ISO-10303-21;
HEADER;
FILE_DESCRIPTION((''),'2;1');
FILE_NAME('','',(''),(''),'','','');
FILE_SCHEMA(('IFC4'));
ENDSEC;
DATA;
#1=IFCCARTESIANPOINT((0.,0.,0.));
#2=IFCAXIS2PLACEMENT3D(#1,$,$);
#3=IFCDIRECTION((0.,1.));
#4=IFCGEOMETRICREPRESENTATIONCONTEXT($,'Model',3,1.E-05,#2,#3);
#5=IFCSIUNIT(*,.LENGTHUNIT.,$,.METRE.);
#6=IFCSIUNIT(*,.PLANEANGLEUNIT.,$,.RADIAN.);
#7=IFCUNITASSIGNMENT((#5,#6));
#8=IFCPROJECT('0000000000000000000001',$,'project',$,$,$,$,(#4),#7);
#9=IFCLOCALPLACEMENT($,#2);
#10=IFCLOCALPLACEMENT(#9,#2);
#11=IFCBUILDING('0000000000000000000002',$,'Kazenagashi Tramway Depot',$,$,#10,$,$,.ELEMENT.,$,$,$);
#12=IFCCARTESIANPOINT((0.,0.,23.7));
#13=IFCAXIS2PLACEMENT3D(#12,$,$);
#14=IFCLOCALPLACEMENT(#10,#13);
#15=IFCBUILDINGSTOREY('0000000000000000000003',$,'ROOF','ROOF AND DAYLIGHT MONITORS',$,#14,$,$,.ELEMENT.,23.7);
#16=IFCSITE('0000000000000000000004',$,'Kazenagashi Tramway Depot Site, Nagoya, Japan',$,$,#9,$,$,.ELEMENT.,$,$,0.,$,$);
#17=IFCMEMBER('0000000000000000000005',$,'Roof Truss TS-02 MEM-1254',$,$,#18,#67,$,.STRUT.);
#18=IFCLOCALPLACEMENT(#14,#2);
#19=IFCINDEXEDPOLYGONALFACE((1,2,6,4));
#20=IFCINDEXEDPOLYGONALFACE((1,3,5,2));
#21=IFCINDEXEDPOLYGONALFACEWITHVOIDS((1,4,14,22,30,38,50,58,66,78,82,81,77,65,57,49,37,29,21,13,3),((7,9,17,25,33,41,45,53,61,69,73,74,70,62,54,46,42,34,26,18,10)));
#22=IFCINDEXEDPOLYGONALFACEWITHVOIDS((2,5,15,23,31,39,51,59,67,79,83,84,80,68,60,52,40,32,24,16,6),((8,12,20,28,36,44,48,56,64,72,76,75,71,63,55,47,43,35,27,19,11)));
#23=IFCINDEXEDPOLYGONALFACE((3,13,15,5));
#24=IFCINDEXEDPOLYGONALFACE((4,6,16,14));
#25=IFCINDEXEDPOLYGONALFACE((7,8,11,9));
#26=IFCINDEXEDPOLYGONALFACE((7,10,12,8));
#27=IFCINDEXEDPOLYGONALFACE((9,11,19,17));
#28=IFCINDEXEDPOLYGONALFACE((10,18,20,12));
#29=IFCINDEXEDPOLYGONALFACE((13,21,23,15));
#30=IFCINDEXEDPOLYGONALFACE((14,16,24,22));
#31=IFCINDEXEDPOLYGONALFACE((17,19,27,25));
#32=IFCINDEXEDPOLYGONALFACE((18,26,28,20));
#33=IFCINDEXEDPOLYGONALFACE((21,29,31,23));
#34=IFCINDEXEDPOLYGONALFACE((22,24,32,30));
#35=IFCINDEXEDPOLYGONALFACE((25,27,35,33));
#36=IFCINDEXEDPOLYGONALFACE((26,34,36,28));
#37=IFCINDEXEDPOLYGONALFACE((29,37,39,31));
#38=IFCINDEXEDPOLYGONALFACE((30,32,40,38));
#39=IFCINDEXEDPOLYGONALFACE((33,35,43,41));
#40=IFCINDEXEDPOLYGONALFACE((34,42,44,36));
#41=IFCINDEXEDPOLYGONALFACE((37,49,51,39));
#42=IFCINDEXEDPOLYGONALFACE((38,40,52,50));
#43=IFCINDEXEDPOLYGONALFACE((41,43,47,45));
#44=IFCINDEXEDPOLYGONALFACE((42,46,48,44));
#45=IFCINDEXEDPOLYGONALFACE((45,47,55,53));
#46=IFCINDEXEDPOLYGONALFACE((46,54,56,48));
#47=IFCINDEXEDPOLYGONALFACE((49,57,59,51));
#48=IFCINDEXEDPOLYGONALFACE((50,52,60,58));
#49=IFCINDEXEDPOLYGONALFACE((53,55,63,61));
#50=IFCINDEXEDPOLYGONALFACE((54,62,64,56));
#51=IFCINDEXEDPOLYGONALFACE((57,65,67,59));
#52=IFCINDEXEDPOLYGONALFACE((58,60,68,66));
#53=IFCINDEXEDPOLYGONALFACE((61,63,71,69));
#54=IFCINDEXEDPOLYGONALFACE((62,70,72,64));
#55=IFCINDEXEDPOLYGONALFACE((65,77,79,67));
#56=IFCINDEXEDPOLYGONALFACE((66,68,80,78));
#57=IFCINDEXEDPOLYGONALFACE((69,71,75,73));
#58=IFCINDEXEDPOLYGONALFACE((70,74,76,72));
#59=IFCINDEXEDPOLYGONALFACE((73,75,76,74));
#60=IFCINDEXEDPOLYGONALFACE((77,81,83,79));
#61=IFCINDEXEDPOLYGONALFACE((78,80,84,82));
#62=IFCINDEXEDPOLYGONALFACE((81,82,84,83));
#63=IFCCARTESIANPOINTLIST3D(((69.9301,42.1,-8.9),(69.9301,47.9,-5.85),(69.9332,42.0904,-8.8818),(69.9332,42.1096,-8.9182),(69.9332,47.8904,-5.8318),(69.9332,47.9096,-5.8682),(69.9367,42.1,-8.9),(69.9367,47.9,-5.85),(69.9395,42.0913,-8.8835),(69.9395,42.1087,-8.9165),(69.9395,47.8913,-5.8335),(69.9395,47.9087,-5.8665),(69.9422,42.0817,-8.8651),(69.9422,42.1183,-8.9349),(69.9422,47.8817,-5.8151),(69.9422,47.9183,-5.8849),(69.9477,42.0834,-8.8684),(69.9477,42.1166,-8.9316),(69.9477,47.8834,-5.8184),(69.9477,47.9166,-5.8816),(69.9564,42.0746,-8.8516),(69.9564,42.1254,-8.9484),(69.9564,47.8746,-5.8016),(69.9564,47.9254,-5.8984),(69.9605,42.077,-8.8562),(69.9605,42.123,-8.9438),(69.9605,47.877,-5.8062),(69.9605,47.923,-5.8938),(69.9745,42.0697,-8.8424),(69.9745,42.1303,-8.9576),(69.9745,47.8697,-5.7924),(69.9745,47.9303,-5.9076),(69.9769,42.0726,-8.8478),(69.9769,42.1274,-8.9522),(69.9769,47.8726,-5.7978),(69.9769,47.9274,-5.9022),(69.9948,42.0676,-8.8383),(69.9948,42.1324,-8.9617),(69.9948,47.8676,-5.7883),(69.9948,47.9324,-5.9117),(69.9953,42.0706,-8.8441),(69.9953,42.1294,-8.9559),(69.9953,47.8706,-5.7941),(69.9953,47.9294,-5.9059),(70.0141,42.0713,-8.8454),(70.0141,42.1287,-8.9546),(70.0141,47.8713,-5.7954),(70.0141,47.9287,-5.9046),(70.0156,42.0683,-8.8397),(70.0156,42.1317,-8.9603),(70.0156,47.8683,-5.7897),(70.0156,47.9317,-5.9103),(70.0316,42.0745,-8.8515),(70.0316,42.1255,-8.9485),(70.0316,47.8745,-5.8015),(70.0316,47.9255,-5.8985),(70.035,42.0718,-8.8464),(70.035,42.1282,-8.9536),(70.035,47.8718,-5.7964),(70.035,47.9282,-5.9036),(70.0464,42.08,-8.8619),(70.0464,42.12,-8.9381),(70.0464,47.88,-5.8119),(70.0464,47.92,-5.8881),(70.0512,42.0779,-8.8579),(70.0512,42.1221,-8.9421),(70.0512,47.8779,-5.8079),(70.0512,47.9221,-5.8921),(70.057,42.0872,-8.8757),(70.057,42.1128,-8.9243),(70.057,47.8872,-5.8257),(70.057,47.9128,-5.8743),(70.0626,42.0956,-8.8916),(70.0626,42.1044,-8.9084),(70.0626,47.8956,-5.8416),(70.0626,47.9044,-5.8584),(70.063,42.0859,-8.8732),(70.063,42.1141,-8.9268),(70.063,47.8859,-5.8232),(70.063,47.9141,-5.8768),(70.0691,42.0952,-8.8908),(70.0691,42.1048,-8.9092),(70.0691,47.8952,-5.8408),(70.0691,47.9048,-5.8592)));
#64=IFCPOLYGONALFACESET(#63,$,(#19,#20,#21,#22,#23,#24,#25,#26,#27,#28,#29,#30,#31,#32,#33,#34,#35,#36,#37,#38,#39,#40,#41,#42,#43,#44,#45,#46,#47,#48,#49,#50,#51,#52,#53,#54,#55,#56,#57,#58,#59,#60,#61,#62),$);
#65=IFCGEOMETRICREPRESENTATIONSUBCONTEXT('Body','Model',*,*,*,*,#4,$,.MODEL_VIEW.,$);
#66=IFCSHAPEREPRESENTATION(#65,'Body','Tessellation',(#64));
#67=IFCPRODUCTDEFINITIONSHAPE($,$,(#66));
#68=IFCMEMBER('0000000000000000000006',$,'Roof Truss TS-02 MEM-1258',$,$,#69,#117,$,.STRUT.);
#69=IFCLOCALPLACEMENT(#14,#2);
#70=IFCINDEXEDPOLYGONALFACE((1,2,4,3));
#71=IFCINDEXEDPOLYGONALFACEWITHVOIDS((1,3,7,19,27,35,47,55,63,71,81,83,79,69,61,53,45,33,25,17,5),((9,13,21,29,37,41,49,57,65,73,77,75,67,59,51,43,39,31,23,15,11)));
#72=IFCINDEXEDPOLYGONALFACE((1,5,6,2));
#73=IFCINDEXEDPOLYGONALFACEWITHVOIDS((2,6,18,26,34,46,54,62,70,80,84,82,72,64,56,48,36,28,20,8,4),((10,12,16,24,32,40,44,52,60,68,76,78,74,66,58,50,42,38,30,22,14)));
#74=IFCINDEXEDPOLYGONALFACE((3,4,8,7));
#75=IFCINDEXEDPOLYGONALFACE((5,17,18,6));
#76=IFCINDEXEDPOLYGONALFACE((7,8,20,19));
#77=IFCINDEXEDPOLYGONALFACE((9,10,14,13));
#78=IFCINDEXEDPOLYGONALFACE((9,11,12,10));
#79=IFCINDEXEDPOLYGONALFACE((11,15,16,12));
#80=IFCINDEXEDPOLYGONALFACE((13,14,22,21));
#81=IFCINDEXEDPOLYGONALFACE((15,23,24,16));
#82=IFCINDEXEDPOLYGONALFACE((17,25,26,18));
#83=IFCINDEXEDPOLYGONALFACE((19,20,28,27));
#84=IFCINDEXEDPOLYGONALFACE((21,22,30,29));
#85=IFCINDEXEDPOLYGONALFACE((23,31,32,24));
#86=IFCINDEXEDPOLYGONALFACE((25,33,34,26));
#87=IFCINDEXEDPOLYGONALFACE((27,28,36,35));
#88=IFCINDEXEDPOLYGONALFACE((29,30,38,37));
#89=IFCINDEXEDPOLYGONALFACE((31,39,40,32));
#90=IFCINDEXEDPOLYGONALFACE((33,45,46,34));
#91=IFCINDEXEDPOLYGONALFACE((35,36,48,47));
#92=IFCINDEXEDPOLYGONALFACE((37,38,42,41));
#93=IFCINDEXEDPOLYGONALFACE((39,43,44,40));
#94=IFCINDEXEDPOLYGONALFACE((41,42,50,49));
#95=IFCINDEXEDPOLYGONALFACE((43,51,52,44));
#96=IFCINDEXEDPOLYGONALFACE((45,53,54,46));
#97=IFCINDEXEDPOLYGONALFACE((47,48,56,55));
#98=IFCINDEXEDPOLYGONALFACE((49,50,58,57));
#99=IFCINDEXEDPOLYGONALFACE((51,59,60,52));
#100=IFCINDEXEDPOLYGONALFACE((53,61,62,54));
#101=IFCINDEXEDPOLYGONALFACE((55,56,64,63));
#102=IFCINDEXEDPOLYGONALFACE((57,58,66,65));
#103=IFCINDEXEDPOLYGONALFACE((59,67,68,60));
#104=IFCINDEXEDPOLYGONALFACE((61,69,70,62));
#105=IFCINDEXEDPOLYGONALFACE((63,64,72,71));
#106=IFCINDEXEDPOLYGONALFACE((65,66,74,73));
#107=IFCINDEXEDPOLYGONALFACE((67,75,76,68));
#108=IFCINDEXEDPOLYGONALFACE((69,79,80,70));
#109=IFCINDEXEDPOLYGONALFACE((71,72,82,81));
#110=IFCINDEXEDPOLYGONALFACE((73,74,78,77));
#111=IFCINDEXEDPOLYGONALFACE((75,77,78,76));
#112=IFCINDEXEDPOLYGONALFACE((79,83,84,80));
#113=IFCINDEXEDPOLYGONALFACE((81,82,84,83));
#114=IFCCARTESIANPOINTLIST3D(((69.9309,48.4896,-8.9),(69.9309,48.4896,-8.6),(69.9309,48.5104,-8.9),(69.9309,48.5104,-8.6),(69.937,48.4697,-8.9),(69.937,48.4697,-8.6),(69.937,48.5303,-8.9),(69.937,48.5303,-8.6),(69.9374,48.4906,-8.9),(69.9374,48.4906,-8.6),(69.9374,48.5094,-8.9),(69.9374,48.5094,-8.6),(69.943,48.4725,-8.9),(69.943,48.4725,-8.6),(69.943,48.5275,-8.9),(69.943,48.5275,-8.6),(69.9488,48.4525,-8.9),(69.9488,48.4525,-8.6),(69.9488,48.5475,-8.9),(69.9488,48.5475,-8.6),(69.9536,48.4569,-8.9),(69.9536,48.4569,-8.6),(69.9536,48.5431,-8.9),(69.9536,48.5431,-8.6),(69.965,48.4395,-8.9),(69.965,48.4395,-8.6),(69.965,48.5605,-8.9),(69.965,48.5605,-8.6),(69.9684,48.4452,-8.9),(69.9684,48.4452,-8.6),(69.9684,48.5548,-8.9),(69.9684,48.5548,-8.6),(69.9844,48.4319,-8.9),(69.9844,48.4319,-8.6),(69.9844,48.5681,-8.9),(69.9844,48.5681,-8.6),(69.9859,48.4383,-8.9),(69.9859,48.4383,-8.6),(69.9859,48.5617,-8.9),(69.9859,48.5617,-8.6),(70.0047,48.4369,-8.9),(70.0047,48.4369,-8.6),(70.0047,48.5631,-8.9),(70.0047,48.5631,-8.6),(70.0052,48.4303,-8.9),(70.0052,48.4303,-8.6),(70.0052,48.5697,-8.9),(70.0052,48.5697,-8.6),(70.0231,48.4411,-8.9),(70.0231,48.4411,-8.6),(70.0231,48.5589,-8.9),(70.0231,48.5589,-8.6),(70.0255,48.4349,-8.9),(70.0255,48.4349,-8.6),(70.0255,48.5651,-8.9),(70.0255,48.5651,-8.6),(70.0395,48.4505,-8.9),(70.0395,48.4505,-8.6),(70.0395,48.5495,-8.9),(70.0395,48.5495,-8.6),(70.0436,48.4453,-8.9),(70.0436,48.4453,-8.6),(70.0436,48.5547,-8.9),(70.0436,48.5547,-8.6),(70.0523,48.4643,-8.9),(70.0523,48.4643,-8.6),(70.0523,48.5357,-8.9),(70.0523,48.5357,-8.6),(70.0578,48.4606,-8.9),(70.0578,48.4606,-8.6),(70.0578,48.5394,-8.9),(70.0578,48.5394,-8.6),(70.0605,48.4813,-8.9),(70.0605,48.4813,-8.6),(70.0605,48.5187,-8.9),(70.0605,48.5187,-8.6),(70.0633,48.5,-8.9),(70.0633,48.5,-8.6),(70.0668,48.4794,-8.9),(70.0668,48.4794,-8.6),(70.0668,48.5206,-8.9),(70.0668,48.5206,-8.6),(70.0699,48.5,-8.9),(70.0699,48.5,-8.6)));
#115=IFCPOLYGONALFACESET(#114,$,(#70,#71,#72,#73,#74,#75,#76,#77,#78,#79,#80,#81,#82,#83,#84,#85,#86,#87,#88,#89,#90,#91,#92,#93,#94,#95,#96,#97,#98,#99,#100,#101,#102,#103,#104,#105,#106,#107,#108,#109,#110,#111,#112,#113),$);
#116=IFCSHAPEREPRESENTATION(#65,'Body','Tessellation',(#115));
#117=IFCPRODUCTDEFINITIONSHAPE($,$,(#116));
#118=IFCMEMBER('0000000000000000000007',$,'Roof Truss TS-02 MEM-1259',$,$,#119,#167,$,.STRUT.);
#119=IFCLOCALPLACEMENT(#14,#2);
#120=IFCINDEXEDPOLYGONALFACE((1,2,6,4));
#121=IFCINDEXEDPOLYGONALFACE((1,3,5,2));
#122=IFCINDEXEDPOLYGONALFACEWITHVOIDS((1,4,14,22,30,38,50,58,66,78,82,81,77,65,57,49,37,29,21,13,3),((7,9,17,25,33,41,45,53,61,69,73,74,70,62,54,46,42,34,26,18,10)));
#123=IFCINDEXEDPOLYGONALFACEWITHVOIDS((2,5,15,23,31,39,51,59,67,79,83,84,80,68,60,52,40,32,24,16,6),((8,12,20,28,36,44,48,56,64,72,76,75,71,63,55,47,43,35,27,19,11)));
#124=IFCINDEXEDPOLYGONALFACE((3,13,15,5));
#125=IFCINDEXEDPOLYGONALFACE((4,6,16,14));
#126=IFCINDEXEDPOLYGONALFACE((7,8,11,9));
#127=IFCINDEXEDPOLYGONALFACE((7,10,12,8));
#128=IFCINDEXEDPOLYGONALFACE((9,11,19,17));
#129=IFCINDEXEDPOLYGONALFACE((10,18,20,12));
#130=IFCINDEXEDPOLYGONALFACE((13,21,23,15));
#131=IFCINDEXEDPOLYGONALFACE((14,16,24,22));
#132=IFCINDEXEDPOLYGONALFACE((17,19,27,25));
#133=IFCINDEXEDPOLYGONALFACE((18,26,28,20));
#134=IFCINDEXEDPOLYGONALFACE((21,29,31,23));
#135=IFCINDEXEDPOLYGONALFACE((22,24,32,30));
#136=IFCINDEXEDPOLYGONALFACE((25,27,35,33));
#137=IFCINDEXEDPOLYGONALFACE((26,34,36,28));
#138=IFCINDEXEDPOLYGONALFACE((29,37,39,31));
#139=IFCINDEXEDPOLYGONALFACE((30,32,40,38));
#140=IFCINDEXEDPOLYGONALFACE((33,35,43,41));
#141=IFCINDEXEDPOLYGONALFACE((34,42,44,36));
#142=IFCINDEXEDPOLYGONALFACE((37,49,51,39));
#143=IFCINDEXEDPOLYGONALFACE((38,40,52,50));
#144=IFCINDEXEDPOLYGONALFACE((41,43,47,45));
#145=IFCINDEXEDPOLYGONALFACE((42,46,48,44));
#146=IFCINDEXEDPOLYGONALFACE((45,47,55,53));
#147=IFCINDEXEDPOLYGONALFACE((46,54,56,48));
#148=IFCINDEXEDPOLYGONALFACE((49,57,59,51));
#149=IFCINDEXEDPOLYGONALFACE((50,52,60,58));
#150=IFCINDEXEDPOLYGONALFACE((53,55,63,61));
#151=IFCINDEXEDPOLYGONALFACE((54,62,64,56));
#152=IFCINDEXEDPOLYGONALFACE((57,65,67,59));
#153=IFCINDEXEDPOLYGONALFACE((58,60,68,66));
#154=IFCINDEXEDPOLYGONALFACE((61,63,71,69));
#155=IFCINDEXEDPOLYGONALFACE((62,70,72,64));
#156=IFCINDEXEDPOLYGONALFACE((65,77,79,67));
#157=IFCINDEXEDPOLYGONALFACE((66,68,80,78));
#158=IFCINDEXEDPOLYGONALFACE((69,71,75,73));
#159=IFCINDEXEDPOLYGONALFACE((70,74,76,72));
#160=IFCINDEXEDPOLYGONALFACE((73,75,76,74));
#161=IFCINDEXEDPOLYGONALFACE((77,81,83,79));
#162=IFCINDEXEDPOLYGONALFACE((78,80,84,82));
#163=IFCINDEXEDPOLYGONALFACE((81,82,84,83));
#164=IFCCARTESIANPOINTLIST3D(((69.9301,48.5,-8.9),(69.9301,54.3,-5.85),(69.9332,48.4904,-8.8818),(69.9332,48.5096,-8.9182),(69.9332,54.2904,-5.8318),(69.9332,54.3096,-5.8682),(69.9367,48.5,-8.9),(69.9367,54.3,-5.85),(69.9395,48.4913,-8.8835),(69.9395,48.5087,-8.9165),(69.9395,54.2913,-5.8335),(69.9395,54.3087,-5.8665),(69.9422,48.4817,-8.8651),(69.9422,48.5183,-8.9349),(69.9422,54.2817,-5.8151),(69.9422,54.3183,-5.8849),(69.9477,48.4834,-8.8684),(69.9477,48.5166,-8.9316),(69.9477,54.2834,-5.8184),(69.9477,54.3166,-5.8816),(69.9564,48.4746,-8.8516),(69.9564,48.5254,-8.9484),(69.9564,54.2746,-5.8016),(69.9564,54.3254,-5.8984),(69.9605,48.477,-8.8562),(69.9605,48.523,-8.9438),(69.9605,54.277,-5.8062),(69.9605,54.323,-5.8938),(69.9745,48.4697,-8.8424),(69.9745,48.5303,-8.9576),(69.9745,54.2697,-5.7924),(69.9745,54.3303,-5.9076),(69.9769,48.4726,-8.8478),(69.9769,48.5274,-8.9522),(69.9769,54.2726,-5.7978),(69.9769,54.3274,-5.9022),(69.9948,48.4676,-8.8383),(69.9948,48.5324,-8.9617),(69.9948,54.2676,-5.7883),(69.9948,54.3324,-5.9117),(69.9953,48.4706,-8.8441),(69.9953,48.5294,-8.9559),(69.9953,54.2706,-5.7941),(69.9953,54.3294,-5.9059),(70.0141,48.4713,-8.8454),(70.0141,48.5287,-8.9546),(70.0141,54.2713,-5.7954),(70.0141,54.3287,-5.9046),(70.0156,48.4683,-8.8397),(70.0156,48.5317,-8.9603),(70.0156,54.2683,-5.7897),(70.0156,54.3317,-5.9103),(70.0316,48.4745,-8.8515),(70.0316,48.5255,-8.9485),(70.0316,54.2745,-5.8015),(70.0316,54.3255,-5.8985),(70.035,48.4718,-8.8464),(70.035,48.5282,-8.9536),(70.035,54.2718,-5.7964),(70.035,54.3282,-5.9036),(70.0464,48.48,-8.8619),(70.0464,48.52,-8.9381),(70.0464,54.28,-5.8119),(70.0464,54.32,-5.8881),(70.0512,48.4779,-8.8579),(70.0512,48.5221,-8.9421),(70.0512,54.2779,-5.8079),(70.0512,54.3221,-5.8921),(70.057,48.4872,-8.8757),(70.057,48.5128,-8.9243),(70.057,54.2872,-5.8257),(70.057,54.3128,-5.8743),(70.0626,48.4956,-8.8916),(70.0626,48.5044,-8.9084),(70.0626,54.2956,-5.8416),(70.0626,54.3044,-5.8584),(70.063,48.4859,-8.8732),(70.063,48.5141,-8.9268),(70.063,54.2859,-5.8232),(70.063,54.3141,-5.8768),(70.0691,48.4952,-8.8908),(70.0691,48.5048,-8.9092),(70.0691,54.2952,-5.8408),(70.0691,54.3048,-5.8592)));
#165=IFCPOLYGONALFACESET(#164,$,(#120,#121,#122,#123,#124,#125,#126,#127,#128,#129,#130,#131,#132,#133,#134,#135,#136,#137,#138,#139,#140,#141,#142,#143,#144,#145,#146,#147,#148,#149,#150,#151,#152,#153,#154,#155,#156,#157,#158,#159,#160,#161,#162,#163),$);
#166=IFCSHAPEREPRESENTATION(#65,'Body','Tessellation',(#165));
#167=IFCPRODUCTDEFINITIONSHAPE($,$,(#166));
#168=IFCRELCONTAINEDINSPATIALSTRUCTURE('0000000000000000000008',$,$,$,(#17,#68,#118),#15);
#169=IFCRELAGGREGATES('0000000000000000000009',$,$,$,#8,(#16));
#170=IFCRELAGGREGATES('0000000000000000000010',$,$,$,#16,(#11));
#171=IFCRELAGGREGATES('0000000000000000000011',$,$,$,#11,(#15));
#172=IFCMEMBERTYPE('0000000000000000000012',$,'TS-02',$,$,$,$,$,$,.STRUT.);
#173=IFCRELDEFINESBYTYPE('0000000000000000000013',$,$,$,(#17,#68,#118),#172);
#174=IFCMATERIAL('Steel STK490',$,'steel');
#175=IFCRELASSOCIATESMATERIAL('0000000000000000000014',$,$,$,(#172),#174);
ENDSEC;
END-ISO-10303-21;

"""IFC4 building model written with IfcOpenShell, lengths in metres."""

from ifc_helpers import new_model, si_unit, direction, frame, origin, origin_2d, place, context, subcontext, project, spatial, hollow_circle, extrude, material, material_profile, profile_set, type_object, element, save


model = new_model("IFC4")

# Units and contexts
model_context = context("Model", 3, precision=1e-05, world=origin(), true_north=direction((0.0, 1.0)))
body_context = subcontext(model_context, "Body", "Model", "MODEL_VIEW")
ifc_project = project(units=[si_unit("LENGTHUNIT", "METRE"), si_unit("PLANEANGLEUNIT", "RADIAN")], contexts=[model_context])

# Site, building, storey
site_placement = place(None, origin())
site = spatial("IfcSite", under=ifc_project, at=site_placement, Name="Kazenagashi Tramway Depot Site, Nagoya, Japan", CompositionType="ELEMENT", RefElevation=0.0)
building_placement = place(site_placement, origin())
building = spatial("IfcBuilding", under=site, at=building_placement, Name="Kazenagashi Tramway Depot", CompositionType="ELEMENT")
storey_placement = place(building_placement, frame((0.0, 0.0, 23.7)))
storey = spatial("IfcBuildingStorey", under=building, at=storey_placement, Name="ROOF", Description="ROOF AND DAYLIGHT MONITORS", CompositionType="ELEMENT", Elevation=23.7)

# Members
ifc_material_1 = material(Name="Steel STK490", Category="steel")
ifc_material_profile_1 = material_profile(ifc_material_1, hollow_circle(Radius=0.0699, WallThickness=0.0066, at=origin_2d()), Name="CHS-139.8x6.6")
ifc_profile_set_1 = profile_set([ifc_material_profile_1], Name="Steel STK490")
member_type_1 = type_object("IfcMemberType", Name="TS-02", PredefinedType="STRUT", material=ifc_profile_set_1)
member_1_placement = place(storey_placement, frame((70.0, 42.1, -8.9), z_axis=(0.0, 0.885084, 0.465432), x_axis=(-1.0, 0.0, 0.0)))
element("IfcMember", 1, at=member_1_placement, inside=storey, type_object=member_type_1, Name="Roof Truss TS-02 MEM-1254", PredefinedType="STRUT", context=body_context, shape_type="SweptSolid", body=[
    extrude(hollow_circle(Radius=0.0699, WallThickness=0.0066, at=origin_2d()), origin(), (0.0, 0.0, 1.0), 6.5531),
])
member_2_placement = place(storey_placement, frame((70.0, 48.5, -8.9), z_axis=(0.0, 0.0, 1.0), x_axis=(1.0, 0.0, 0.0)))
element("IfcMember", 2, at=member_2_placement, inside=storey, type_object=member_type_1, Name="Roof Truss TS-02 MEM-1258", PredefinedType="STRUT", context=body_context, shape_type="SweptSolid", body=[
    extrude(hollow_circle(Radius=0.0699, WallThickness=0.0066, at=origin_2d()), origin(), (0.0, 0.0, 1.0), 0.3),
])
member_3_placement = place(storey_placement, frame((70.0, 48.5, -8.9), z_axis=(0.0, 0.885084, 0.465432), x_axis=(-1.0, 0.0, 0.0)))
element("IfcMember", 3, at=member_3_placement, inside=storey, type_object=member_type_1, Name="Roof Truss TS-02 MEM-1259", PredefinedType="STRUT", context=body_context, shape_type="SweptSolid", body=[
    extrude(hollow_circle(Radius=0.0699, WallThickness=0.0066, at=origin_2d()), origin(), (0.0, 0.0, 1.0), 6.5531),
])

save(model, "model.ifc")
